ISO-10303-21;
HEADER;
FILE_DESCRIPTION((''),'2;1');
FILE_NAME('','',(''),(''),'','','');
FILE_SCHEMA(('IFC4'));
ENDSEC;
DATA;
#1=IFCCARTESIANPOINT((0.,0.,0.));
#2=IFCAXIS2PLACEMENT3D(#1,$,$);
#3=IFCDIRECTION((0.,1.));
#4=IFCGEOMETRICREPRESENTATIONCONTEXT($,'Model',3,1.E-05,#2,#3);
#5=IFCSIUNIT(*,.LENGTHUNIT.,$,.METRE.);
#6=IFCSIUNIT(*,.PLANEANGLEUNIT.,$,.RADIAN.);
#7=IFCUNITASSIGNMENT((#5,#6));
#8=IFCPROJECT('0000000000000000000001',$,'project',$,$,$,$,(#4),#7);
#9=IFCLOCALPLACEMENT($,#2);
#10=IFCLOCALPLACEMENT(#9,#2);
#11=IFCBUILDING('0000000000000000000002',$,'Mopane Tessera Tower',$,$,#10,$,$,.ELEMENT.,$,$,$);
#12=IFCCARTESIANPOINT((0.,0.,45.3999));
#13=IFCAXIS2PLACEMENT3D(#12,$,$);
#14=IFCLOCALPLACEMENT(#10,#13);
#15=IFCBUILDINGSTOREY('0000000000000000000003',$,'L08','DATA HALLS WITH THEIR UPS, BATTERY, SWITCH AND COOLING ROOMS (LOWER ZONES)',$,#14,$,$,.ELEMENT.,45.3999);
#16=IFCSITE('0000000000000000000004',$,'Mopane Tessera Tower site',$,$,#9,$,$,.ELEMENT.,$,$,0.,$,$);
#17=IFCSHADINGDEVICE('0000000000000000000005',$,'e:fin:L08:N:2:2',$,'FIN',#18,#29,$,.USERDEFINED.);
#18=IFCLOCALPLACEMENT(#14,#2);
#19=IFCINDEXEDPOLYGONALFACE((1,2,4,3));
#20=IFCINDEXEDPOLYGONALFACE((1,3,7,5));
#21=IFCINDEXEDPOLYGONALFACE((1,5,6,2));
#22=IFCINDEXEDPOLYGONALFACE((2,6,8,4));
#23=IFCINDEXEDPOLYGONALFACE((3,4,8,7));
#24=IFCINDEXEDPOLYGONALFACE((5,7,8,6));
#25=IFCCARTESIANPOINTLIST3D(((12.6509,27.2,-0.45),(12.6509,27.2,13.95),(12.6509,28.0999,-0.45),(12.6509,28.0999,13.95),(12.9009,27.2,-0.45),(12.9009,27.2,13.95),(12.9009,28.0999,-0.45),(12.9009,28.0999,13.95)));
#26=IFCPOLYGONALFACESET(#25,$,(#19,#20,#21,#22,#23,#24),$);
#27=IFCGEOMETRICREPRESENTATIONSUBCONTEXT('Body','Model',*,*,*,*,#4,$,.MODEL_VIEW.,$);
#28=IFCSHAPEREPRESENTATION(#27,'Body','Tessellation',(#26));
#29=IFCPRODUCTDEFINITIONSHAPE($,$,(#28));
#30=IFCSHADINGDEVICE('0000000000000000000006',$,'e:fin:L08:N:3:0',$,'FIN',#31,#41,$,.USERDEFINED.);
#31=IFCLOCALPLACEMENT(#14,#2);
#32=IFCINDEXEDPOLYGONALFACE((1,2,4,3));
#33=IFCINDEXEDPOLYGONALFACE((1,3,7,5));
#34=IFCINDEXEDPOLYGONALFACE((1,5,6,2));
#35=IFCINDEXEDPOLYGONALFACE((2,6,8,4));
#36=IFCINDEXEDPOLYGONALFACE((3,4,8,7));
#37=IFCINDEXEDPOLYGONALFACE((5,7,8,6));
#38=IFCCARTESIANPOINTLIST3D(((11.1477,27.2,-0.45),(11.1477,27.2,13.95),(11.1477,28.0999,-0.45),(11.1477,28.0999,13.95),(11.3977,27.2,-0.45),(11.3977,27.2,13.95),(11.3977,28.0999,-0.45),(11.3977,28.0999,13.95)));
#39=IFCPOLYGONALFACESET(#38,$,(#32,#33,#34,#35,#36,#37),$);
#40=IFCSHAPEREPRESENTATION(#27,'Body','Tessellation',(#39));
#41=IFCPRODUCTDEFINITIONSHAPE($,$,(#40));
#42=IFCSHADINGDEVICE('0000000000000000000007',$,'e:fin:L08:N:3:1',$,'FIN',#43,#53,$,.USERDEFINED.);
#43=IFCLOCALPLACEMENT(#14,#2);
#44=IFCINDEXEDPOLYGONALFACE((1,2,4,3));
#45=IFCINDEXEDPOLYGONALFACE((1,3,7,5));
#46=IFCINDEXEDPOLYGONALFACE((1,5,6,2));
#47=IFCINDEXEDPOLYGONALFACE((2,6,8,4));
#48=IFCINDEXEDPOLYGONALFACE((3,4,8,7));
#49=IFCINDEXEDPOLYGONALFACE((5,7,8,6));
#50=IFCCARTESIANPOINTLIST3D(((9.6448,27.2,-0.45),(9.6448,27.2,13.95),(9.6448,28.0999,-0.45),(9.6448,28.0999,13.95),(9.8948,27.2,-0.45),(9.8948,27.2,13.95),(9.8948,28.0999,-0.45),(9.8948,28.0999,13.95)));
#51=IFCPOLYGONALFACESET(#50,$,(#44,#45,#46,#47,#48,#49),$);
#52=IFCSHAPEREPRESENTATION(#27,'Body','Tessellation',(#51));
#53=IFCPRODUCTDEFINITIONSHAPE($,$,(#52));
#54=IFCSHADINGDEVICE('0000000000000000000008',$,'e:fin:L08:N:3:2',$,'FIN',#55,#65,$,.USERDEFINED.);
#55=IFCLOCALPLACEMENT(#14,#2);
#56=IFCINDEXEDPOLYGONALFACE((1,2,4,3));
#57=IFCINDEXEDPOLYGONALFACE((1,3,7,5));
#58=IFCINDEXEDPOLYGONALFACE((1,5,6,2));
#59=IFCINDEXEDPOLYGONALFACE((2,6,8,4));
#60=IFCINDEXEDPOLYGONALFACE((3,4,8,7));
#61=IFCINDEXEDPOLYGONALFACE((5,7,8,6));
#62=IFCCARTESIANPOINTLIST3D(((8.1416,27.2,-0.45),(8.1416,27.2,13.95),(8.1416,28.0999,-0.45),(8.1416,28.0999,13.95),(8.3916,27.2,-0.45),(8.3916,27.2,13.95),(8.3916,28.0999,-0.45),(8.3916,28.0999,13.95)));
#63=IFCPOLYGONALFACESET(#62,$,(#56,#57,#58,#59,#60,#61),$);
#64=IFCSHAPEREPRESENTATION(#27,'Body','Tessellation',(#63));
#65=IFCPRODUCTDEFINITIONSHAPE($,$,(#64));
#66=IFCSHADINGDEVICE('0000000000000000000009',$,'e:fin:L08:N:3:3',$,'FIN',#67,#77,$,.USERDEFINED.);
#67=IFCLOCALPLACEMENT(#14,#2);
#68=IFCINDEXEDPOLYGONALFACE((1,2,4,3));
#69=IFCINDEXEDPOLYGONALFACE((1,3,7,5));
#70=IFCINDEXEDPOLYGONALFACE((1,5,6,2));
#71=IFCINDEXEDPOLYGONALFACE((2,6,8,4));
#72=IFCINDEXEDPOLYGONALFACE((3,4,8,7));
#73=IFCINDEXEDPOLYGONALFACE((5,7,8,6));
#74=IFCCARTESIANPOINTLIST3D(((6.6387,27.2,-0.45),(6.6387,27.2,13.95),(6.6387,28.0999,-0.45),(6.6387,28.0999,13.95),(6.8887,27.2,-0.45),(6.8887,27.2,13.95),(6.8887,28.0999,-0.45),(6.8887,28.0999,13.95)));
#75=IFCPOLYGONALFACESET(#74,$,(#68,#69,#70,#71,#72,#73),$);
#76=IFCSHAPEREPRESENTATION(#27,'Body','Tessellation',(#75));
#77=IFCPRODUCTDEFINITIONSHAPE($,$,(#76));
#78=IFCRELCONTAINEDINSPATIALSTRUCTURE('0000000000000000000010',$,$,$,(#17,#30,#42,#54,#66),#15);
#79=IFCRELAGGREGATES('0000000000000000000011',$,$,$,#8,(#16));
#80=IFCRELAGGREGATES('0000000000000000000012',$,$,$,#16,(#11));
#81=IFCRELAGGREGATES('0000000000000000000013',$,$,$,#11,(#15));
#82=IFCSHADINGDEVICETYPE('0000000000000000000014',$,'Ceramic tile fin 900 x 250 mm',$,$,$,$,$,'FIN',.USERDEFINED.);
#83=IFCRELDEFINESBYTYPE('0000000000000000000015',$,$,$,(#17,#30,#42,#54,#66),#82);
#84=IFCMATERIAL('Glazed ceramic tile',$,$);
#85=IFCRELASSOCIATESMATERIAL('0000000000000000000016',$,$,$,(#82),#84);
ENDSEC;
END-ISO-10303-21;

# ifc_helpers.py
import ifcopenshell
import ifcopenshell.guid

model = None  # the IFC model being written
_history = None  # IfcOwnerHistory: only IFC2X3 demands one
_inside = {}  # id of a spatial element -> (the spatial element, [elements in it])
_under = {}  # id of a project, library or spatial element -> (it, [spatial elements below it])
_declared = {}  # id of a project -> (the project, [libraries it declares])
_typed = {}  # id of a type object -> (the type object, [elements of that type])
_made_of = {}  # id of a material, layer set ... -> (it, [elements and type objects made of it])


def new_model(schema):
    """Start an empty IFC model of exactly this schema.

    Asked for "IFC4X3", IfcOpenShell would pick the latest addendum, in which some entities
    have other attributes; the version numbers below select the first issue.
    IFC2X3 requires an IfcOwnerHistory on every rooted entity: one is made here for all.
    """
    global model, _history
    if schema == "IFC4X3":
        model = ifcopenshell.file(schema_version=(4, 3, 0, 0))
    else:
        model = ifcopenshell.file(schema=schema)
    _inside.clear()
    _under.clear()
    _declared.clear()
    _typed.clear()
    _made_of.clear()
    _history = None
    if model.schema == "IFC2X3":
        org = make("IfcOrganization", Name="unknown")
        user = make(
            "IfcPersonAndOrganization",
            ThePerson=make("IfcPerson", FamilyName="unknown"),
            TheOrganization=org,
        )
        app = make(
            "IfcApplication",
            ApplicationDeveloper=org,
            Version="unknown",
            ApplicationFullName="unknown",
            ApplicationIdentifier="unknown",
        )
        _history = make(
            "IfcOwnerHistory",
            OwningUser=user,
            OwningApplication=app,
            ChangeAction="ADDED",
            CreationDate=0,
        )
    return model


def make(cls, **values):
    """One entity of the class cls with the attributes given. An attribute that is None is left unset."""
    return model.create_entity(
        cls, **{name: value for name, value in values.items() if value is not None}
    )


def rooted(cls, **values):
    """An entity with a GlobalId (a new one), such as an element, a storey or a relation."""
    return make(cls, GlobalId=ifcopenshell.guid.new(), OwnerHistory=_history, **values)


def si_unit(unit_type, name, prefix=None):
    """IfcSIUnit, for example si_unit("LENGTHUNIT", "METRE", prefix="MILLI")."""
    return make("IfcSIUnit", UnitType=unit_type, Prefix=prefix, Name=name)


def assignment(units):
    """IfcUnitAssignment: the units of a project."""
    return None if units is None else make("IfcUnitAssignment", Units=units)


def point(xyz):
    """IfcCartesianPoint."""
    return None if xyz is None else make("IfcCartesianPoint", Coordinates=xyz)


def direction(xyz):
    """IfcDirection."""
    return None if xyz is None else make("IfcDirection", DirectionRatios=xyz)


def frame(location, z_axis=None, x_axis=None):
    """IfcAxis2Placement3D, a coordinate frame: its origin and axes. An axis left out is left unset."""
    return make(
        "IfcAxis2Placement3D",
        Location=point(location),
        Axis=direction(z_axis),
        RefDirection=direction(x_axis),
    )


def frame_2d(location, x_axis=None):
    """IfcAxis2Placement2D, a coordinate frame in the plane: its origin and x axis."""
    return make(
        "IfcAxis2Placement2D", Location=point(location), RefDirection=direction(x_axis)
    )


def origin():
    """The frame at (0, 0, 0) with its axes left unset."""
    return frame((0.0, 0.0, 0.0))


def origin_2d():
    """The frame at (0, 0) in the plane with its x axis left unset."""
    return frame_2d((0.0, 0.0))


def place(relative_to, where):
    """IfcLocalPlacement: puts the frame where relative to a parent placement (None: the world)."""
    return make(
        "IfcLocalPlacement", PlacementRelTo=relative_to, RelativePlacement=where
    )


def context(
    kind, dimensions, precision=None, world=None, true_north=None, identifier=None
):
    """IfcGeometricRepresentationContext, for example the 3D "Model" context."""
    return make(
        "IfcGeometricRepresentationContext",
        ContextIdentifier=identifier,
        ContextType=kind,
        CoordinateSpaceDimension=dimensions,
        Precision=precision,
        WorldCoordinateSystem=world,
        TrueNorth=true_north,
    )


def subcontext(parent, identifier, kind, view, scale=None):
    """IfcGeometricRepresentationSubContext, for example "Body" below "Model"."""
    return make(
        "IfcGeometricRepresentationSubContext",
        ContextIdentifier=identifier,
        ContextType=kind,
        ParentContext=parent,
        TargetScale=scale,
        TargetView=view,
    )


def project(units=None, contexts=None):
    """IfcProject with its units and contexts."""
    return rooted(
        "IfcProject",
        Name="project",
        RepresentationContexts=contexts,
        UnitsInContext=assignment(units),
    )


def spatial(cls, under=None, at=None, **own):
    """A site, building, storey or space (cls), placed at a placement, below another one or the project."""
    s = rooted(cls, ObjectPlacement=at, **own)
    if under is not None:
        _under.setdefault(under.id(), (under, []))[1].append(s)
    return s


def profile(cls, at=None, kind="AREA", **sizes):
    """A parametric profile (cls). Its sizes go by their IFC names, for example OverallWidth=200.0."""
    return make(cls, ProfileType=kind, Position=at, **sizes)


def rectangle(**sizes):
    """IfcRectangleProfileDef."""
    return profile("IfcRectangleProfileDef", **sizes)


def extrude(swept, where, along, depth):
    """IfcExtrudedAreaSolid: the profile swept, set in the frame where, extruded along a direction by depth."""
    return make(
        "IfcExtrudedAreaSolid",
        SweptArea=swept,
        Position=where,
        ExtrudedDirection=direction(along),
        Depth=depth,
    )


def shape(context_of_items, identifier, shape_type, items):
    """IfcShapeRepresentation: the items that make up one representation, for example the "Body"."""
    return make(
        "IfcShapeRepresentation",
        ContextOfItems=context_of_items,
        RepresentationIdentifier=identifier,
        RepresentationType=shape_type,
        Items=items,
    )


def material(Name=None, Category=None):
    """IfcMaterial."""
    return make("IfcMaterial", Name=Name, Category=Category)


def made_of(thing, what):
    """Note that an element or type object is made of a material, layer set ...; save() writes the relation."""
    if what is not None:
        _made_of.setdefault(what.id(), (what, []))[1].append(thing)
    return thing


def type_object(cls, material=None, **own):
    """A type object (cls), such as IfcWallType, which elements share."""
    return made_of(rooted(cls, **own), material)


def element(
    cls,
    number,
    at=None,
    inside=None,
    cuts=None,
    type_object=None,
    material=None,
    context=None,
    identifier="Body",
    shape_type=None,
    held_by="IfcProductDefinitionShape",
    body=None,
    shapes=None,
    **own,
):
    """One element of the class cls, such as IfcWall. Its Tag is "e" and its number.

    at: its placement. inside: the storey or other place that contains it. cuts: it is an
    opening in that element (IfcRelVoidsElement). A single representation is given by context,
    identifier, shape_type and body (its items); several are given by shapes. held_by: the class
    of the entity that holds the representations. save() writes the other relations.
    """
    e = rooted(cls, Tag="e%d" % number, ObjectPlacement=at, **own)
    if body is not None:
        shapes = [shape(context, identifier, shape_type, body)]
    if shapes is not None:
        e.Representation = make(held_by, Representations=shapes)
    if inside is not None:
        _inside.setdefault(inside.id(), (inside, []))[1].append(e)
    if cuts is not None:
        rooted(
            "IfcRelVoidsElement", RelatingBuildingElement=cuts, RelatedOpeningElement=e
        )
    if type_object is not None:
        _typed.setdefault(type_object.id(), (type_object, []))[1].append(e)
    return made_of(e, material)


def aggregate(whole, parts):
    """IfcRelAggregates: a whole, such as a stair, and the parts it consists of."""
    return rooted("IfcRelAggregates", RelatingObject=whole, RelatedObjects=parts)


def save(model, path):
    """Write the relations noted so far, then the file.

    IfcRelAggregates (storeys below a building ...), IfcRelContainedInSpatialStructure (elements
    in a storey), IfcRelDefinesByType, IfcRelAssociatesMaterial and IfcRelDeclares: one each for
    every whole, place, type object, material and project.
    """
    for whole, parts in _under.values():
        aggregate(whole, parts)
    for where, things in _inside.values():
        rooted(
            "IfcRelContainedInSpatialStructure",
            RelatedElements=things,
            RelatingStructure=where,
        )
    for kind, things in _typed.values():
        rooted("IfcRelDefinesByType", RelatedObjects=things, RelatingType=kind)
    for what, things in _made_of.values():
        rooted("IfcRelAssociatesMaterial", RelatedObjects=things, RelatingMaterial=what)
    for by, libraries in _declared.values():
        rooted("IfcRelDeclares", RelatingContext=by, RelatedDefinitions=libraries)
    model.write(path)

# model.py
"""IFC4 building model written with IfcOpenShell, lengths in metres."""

from ifc_helpers import new_model, si_unit, direction, frame, origin, origin_2d, place, context, subcontext, project, spatial, rectangle, extrude, material, type_object, element, save


model = new_model("IFC4")

# Units and contexts
model_context = context("Model", 3, precision=1e-05, world=origin(), true_north=direction((0.0, 1.0)))
body_context = subcontext(model_context, "Body", "Model", "MODEL_VIEW")
ifc_project = project(units=[si_unit("LENGTHUNIT", "METRE"), si_unit("PLANEANGLEUNIT", "RADIAN")], contexts=[model_context])

# Site, building, storey
site_placement = place(None, origin())
site = spatial("IfcSite", under=ifc_project, at=site_placement, Name="Mopane Tessera Tower site", CompositionType="ELEMENT", RefElevation=0.0)
building_placement = place(site_placement, origin())
building = spatial("IfcBuilding", under=site, at=building_placement, Name="Mopane Tessera Tower", CompositionType="ELEMENT")
storey_placement = place(building_placement, frame((0.0, 0.0, 45.3999)))
storey = spatial("IfcBuildingStorey", under=building, at=storey_placement, Name="L08", Description="DATA HALLS WITH THEIR UPS, BATTERY, SWITCH AND COOLING ROOMS (LOWER ZONES)", CompositionType="ELEMENT", Elevation=45.3999)

# Shading devices
ifc_material_1 = material(Name="Glazed ceramic tile")
shading_device_type = type_object("IfcShadingDeviceType", Name="Ceramic tile fin 900 x 250 mm", ElementType="FIN", PredefinedType="USERDEFINED", material=ifc_material_1)
for number, where, z_axis, x_axis, name in (
    (1, (12.7759, 27.6499, -0.45), (0.0, 0.0, 1.0), (-1.0, 0.0, 0.0), "e:fin:L08:N:2:2"),
    (2, (11.2727, 27.6499, -0.45), (0.0, 0.0, 1.0), (-1.0, 0.0, 0.0), "e:fin:L08:N:3:0"),
    (3, (9.7698, 27.6499, -0.45), (0.0, 0.0, 1.0), (-1.0, 0.0, 0.0), "e:fin:L08:N:3:1"),
    (4, (8.2666, 27.6499, -0.45), (0.0, 0.0, 1.0), (-1.0, 0.0, 0.0), "e:fin:L08:N:3:2"),
    (5, (6.7637, 27.6499, -0.45), (0.0, 0.0, 1.0), (-1.0, 0.0, 0.0), "e:fin:L08:N:3:3"),
):
    element("IfcShadingDevice", number, at=place(storey_placement, frame(where, z_axis=z_axis, x_axis=x_axis)), inside=storey, type_object=shading_device_type, Name=name, ObjectType="FIN", PredefinedType="USERDEFINED", context=body_context, shape_type="SweptSolid", body=[
        extrude(rectangle(XDim=0.25, YDim=0.8999, at=origin_2d()), origin(), (0.0, 0.0, 1.0), 14.3999),
    ])

save(model, "model.ifc")
